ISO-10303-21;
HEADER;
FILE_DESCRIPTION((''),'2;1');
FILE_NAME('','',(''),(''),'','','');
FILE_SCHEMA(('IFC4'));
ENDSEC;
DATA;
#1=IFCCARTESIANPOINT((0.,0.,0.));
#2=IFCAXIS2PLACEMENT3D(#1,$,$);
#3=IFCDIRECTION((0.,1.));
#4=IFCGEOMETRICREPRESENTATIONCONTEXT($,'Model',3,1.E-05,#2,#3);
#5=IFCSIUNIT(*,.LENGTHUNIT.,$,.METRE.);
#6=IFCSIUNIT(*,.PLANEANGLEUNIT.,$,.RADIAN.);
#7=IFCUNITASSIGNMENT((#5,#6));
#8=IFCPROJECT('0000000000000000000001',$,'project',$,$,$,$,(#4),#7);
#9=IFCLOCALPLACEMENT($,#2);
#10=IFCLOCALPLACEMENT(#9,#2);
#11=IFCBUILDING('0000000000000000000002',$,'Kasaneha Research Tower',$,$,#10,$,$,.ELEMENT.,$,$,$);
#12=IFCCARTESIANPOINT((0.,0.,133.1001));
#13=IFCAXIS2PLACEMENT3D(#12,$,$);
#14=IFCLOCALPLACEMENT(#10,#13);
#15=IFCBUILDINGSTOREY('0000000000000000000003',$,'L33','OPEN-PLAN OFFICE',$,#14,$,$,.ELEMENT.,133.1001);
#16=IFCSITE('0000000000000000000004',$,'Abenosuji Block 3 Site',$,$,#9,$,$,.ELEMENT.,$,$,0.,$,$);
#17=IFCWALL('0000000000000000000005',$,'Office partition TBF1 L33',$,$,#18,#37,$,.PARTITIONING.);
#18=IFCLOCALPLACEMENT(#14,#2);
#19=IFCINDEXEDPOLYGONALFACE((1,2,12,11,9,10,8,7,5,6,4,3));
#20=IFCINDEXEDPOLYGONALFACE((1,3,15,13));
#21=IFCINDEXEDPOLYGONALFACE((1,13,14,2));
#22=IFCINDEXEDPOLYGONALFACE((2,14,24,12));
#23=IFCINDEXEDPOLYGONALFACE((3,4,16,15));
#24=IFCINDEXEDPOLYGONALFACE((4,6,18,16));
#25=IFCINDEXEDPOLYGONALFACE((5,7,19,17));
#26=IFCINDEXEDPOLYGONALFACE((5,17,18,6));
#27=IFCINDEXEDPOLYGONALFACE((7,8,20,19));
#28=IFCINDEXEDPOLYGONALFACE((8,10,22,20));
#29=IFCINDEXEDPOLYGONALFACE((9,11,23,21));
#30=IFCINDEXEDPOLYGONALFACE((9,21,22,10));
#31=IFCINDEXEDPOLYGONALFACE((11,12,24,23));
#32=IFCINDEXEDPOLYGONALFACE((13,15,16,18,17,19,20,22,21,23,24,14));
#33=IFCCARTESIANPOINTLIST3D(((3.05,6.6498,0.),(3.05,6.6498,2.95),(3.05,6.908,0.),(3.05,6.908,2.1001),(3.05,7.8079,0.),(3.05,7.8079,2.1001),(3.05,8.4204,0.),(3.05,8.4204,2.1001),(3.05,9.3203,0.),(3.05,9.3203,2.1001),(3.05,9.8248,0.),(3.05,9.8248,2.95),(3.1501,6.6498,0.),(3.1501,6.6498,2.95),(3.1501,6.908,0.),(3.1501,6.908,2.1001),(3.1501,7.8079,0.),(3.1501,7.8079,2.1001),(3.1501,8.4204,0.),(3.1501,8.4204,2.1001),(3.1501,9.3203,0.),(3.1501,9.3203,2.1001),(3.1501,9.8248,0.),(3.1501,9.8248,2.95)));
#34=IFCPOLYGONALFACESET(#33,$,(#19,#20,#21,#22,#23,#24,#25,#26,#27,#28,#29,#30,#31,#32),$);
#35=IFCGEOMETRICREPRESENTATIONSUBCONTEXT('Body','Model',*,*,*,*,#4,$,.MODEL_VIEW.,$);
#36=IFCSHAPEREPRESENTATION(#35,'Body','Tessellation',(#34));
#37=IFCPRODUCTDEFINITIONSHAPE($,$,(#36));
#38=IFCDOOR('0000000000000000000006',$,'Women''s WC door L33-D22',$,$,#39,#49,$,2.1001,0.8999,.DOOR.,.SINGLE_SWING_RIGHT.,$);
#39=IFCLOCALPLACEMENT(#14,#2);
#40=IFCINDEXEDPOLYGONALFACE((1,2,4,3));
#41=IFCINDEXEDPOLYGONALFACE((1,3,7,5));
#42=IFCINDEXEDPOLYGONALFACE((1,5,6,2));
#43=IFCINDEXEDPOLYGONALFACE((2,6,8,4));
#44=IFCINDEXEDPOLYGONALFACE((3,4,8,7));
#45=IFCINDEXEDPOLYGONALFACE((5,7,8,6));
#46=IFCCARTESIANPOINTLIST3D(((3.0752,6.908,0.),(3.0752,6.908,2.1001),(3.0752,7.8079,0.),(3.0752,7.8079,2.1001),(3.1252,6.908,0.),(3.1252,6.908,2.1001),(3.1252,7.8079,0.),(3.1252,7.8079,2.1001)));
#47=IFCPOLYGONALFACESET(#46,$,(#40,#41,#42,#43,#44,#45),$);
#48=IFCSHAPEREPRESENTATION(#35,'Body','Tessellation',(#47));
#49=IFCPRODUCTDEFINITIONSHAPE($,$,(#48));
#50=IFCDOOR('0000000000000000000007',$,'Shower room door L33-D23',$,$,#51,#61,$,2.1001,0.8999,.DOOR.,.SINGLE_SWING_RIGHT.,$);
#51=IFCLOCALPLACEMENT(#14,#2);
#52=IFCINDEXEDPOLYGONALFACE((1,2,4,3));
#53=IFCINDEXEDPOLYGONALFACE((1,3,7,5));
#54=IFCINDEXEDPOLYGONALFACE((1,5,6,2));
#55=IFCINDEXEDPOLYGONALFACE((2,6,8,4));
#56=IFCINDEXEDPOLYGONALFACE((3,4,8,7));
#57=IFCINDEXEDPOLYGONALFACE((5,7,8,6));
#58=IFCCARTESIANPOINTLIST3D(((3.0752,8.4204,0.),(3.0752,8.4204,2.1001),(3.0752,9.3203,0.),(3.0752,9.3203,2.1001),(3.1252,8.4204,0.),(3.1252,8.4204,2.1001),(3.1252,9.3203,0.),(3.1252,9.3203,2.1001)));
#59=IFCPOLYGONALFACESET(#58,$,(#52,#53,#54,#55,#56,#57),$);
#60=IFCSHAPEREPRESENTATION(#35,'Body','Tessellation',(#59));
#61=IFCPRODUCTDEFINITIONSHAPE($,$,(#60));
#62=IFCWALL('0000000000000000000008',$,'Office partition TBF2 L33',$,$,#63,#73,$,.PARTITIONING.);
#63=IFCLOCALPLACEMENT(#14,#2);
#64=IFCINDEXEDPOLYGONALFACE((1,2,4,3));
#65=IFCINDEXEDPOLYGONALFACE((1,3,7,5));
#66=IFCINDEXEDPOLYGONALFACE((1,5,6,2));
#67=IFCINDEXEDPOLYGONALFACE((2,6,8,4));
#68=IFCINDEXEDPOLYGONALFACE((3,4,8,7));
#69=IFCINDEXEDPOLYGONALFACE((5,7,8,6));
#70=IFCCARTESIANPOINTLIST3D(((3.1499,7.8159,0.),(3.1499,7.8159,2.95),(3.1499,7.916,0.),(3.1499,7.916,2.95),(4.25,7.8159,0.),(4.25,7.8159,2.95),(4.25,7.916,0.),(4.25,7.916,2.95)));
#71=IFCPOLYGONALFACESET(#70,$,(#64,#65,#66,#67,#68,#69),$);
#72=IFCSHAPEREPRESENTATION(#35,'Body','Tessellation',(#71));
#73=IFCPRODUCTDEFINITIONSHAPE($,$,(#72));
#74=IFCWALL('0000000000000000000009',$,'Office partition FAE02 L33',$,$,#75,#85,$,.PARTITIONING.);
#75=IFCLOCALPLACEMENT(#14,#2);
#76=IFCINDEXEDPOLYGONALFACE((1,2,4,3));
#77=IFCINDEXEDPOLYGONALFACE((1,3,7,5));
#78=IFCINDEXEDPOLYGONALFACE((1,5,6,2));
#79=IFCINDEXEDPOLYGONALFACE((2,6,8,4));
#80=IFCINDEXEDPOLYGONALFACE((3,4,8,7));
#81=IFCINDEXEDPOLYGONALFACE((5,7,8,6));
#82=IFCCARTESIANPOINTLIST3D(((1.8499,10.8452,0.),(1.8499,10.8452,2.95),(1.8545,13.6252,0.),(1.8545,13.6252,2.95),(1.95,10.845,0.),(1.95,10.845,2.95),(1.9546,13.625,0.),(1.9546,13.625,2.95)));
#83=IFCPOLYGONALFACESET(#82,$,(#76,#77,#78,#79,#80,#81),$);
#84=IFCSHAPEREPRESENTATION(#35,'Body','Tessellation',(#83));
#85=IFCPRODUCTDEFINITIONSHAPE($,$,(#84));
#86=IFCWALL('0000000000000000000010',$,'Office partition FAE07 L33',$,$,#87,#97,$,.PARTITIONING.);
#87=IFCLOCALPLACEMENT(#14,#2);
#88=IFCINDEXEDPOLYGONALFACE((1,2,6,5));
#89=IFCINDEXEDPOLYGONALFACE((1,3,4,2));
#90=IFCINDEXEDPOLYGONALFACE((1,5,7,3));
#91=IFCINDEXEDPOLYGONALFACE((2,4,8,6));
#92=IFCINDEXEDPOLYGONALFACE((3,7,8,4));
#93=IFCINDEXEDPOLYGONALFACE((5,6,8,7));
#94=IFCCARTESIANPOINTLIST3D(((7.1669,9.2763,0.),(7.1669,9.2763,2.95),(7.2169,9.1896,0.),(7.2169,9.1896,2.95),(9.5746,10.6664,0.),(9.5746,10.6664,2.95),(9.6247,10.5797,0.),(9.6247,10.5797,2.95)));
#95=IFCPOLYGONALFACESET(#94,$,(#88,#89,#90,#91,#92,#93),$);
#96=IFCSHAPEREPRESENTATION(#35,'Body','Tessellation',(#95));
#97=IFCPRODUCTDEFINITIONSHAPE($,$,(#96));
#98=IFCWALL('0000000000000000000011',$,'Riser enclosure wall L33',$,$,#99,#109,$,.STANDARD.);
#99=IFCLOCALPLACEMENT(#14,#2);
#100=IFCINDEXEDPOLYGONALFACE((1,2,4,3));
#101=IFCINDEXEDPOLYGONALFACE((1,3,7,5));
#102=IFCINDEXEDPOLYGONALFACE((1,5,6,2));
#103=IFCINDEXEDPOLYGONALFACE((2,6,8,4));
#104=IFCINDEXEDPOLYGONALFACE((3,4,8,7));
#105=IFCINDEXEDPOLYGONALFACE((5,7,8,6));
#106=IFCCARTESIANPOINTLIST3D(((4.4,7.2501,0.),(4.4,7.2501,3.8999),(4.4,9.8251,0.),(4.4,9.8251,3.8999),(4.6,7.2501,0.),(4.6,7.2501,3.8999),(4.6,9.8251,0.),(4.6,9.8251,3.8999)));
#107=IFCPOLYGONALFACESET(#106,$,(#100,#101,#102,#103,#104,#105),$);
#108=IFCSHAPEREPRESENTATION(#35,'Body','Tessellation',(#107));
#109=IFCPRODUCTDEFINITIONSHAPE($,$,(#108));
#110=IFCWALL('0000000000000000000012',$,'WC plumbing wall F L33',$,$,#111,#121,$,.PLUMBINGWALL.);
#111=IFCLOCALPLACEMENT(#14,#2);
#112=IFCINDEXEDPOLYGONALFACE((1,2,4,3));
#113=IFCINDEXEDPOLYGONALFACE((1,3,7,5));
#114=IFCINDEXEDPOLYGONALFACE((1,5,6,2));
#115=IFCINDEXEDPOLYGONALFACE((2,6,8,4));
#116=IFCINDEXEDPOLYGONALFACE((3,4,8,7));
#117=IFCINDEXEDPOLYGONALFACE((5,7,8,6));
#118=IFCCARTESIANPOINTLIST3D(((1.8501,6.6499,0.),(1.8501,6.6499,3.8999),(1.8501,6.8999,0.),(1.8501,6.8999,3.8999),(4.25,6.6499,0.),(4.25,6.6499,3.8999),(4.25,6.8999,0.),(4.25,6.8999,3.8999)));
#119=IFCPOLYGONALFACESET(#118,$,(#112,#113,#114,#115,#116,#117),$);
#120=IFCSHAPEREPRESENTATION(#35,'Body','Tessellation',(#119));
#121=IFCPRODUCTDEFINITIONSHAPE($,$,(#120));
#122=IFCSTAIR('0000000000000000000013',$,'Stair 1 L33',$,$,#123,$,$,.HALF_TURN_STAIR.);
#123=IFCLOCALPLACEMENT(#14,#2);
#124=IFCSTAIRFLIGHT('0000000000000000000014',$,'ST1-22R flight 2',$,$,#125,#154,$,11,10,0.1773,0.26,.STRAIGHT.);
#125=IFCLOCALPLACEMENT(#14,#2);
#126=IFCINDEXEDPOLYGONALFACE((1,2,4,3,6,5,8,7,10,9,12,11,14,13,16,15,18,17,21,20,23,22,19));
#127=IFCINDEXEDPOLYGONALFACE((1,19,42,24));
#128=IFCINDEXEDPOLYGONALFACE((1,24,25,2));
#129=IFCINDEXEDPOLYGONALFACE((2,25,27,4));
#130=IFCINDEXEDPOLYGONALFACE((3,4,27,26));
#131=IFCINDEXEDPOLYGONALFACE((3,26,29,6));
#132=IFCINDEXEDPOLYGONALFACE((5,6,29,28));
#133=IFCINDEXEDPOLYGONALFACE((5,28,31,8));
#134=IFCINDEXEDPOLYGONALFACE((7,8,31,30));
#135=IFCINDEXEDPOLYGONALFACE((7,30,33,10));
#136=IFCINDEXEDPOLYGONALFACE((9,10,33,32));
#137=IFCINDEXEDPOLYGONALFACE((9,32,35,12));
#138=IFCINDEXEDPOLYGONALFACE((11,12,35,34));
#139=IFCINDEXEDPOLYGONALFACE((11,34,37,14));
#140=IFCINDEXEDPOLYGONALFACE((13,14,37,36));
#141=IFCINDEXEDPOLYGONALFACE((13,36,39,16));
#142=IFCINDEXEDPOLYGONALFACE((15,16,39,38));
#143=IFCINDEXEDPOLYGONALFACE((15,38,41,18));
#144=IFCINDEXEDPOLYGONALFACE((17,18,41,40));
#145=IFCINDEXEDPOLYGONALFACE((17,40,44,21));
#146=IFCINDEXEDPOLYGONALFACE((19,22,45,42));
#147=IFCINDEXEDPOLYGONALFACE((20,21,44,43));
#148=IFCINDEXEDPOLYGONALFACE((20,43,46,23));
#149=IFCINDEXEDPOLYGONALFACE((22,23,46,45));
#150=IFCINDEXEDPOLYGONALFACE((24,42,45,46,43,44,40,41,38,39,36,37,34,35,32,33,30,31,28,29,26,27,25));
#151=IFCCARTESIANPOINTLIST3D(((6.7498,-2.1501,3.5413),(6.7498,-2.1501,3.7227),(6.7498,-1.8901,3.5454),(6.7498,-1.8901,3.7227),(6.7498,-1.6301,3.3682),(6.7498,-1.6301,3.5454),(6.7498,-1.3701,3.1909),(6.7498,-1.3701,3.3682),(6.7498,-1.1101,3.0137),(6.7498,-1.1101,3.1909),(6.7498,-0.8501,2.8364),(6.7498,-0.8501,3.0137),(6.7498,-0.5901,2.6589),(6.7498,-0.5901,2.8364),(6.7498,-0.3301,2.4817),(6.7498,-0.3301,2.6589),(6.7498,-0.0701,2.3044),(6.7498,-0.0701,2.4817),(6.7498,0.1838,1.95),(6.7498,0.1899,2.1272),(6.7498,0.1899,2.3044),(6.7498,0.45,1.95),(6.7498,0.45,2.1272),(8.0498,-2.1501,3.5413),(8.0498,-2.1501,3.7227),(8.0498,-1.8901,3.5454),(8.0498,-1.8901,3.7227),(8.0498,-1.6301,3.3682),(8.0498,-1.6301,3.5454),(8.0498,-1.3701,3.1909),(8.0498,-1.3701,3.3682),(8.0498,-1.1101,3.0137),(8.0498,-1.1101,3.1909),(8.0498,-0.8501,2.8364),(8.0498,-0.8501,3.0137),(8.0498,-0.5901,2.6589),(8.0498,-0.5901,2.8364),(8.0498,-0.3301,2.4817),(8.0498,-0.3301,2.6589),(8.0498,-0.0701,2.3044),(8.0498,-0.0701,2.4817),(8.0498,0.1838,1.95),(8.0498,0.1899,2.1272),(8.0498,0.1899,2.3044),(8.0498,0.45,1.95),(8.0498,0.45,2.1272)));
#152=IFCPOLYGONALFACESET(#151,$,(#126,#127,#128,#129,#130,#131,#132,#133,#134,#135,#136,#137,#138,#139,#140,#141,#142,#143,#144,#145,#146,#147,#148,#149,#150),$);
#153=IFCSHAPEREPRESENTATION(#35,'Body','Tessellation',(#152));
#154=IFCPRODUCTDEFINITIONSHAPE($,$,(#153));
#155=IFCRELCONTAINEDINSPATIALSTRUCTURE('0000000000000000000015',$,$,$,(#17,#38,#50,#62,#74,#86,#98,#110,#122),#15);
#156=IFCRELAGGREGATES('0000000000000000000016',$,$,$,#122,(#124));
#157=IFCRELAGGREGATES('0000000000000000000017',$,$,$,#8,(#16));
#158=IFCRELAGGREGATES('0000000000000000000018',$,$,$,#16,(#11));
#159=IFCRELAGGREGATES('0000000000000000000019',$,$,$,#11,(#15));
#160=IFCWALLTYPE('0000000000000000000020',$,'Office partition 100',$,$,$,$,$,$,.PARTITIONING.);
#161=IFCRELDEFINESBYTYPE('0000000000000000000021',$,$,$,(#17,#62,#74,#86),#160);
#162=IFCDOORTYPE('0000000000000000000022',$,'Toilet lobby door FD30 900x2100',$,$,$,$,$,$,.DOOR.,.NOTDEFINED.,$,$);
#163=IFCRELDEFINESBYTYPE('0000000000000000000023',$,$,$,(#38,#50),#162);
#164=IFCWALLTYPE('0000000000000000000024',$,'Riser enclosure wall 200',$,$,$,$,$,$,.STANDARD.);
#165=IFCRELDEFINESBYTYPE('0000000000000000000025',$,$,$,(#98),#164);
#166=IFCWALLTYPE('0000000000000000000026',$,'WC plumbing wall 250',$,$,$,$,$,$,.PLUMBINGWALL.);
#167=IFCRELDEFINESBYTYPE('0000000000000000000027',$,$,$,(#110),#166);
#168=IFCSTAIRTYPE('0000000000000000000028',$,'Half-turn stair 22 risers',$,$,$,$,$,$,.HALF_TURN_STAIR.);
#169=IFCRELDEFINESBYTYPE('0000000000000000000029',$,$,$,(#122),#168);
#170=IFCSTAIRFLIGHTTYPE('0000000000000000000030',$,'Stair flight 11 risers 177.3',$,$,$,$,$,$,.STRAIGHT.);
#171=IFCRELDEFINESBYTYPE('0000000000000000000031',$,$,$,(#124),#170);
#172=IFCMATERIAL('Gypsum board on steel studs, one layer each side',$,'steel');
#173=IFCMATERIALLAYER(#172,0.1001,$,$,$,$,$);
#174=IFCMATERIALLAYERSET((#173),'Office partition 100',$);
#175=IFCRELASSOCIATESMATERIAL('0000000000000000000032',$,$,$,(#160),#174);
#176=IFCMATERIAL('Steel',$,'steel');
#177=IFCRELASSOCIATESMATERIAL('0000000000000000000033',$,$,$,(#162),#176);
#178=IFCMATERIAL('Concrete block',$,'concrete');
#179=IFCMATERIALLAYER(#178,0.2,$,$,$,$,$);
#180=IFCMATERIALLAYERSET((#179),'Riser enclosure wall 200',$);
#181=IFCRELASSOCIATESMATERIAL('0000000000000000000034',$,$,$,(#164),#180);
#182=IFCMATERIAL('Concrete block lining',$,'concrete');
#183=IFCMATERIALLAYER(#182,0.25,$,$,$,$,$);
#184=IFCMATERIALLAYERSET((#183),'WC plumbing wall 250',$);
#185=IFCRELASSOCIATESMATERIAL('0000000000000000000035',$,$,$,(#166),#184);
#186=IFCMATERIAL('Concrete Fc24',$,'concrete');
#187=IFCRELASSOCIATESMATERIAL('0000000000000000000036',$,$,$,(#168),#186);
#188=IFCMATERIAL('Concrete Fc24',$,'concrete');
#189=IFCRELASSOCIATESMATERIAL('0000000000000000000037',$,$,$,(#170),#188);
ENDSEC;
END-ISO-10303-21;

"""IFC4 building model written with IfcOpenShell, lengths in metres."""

from ifc_helpers import new_model, si_unit, direction, frame, frame_2d, origin, place, context, subcontext, project, spatial, polyline, rectangle, outline, extrude, material, layer, layer_set, type_object, element, fill, aggregate, save


model = new_model("IFC4")

# Units and contexts
model_context = context("Model", 3, precision=1e-05, world=origin(), true_north=direction((0.0, 1.0)))
body_context = subcontext(model_context, "Body", "Model", "MODEL_VIEW")
ifc_project = project(units=[si_unit("LENGTHUNIT", "METRE"), si_unit("PLANEANGLEUNIT", "RADIAN")], contexts=[model_context])

# Site, building, storey
site_placement = place(None, origin())
site = spatial("IfcSite", under=ifc_project, at=site_placement, Name="Abenosuji Block 3 Site", CompositionType="ELEMENT", RefElevation=0.0)
building_placement = place(site_placement, origin())
building = spatial("IfcBuilding", under=site, at=building_placement, Name="Kasaneha Research Tower", CompositionType="ELEMENT")
storey_placement = place(building_placement, frame((0.0, 0.0, 133.1001)))
storey = spatial("IfcBuildingStorey", under=building, at=storey_placement, Name="L33", Description="OPEN-PLAN OFFICE", CompositionType="ELEMENT", Elevation=133.1001)

# Wall, openings, doors
ifc_material_1 = material(Name="Gypsum board on steel studs, one layer each side", Category="steel")
ifc_layer_1 = layer(ifc_material_1, 0.1001)
ifc_layer_set_1 = layer_set([ifc_layer_1], Name="Office partition 100")
wall_type_1 = type_object("IfcWallType", Name="Office partition 100", PredefinedType="PARTITIONING", material=ifc_layer_set_1)
wall_1_placement = place(storey_placement, frame((3.1001, 6.6499, 0.0), z_axis=(0.0, 0.0, 1.0), x_axis=(0.0, 1.0, 0.0)))
wall_1 = element("IfcWall", 1, at=wall_1_placement, inside=storey, type_object=wall_type_1, Name="Office partition TBF1 L33", PredefinedType="PARTITIONING", context=body_context, shape_type="SweptSolid", body=[
    extrude(rectangle(XDim=3.175, YDim=0.1001, at=frame_2d((1.5874, 0.0))), origin(), (0.0, 0.0, 1.0), 2.95),
])
opening_1_placement = place(wall_1_placement, frame((0.2581, 0.0, 0.0)))
opening_1 = element("IfcOpeningElement", 2, at=opening_1_placement, cuts=wall_1, PredefinedType="OPENING", context=body_context, shape_type="SweptSolid", body=[
    extrude(rectangle(XDim=0.8999, YDim=2.1001, at=frame_2d((0.45, 1.05))), frame((0.0, 0.0601, 0.0), z_axis=(0.0, -1.0, 0.0), x_axis=(1.0, 0.0, 0.0)), (0.0, 0.0, 1.0), 0.1201),
])
opening_2_placement = place(wall_1_placement, frame((1.7705, 0.0, 0.0)))
opening_2 = element("IfcOpeningElement", 3, at=opening_2_placement, cuts=wall_1, PredefinedType="OPENING", context=body_context, shape_type="SweptSolid", body=[
    extrude(rectangle(XDim=0.8999, YDim=2.1001, at=frame_2d((0.45, 1.05))), frame((0.0, 0.0601, 0.0), z_axis=(0.0, -1.0, 0.0), x_axis=(1.0, 0.0, 0.0)), (0.0, 0.0, 1.0), 0.1201),
])
ifc_material_2 = material(Name="Steel", Category="steel")
door_type_1 = type_object("IfcDoorType", Name="Toilet lobby door FD30 900x2100", OperationType="NOTDEFINED", PredefinedType="DOOR", material=ifc_material_2)
door_1_placement = place(opening_1_placement, origin())
door_1 = element("IfcDoor", 4, at=door_1_placement, inside=storey, type_object=door_type_1, Name="Women's WC door L33-D22", OperationType="SINGLE_SWING_RIGHT", OverallHeight=2.1001, OverallWidth=0.8999, PredefinedType="DOOR", context=body_context, shape_type="SweptSolid", body=[
    extrude(rectangle(XDim=0.8999, YDim=2.1001, at=frame_2d((0.45, 1.05))), frame((0.0, 0.0249, 0.0), z_axis=(0.0, -1.0, 0.0), x_axis=(1.0, 0.0, 0.0)), (0.0, 0.0, 1.0), 0.05),
])
fill(opening_1, door_1)
door_2_placement = place(opening_2_placement, origin())
door_2 = element("IfcDoor", 5, at=door_2_placement, inside=storey, type_object=door_type_1, Name="Shower room door L33-D23", OperationType="SINGLE_SWING_RIGHT", OverallHeight=2.1001, OverallWidth=0.8999, PredefinedType="DOOR", context=body_context, shape_type="SweptSolid", body=[
    extrude(rectangle(XDim=0.8999, YDim=2.1001, at=frame_2d((0.45, 1.05))), frame((0.0, 0.0249, 0.0), z_axis=(0.0, -1.0, 0.0), x_axis=(1.0, 0.0, 0.0)), (0.0, 0.0, 1.0), 0.05),
])
fill(opening_2, door_2)

# Walls
wall_2_placement = place(storey_placement, frame((3.1499, 7.866, 0.0), z_axis=(0.0, 0.0, 1.0), x_axis=(1.0, 0.0, 0.0)))
element("IfcWall", 6, at=wall_2_placement, inside=storey, type_object=wall_type_1, Name="Office partition TBF2 L33", PredefinedType="PARTITIONING", context=body_context, shape_type="SweptSolid", body=[
    extrude(rectangle(XDim=1.1001, YDim=0.1001, at=frame_2d((0.55, 0.0))), origin(), (0.0, 0.0, 1.0), 2.95),
])
wall_3_placement = place(storey_placement, frame((1.8999, 10.845, 0.0), z_axis=(0.0, 0.0, 1.0), x_axis=(0.001669, 0.999999, 0.0)))
element("IfcWall", 7, at=wall_3_placement, inside=storey, type_object=wall_type_1, Name="Office partition FAE02 L33", PredefinedType="PARTITIONING", context=body_context, shape_type="SweptSolid", body=[
    extrude(rectangle(XDim=2.78, YDim=0.1001, at=frame_2d((1.3901, 0.0))), origin(), (0.0, 0.0, 1.0), 2.95),
])
wall_4_placement = place(storey_placement, frame((7.1919, 9.2329, 0.0), z_axis=(0.0, 0.0, 1.0), x_axis=(0.866019, 0.500011, 0.0)))
element("IfcWall", 8, at=wall_4_placement, inside=storey, type_object=wall_type_1, Name="Office partition FAE07 L33", PredefinedType="PARTITIONING", context=body_context, shape_type="SweptSolid", body=[
    extrude(rectangle(XDim=2.7803, YDim=0.1001, at=frame_2d((1.3901, 0.0))), origin(), (0.0, 0.0, 1.0), 2.95),
])
ifc_material_3 = material(Name="Concrete block", Category="concrete")
ifc_layer_2 = layer(ifc_material_3, 0.2)
ifc_layer_set_2 = layer_set([ifc_layer_2], Name="Riser enclosure wall 200")
wall_type_2 = type_object("IfcWallType", Name="Riser enclosure wall 200", PredefinedType="STANDARD", material=ifc_layer_set_2)
wall_5_placement = place(storey_placement, frame((4.5, 7.25, 0.0), z_axis=(0.0, 0.0, 1.0), x_axis=(0.0, 1.0, 0.0)))
element("IfcWall", 9, at=wall_5_placement, inside=storey, type_object=wall_type_2, Name="Riser enclosure wall L33", PredefinedType="STANDARD", context=body_context, shape_type="SweptSolid", body=[
    extrude(rectangle(XDim=2.575, YDim=0.2, at=frame_2d((1.2876, 0.0))), origin(), (0.0, 0.0, 1.0), 3.8999),
])
ifc_material_4 = material(Name="Concrete block lining", Category="concrete")
ifc_layer_3 = layer(ifc_material_4, 0.25)
ifc_layer_set_3 = layer_set([ifc_layer_3], Name="WC plumbing wall 250")
wall_type_3 = type_object("IfcWallType", Name="WC plumbing wall 250", PredefinedType="PLUMBINGWALL", material=ifc_layer_set_3)
wall_6_placement = place(storey_placement, frame((1.8501, 6.7749, 0.0), z_axis=(0.0, 0.0, 1.0), x_axis=(1.0, 0.0, 0.0)))
element("IfcWall", 10, at=wall_6_placement, inside=storey, type_object=wall_type_3, Name="WC plumbing wall F L33", PredefinedType="PLUMBINGWALL", context=body_context, shape_type="SweptSolid", body=[
    extrude(rectangle(XDim=2.3999, YDim=0.25, at=frame_2d((1.2, 0.0))), origin(), (0.0, 0.0, 1.0), 3.8999),
])

# Stair, stair flight
ifc_material_5 = material(Name="Concrete Fc24", Category="concrete")
stair_type = type_object("IfcStairType", Name="Half-turn stair 22 risers", PredefinedType="HALF_TURN_STAIR", material=ifc_material_5)
stair_placement = place(storey_placement, origin())
stair = element("IfcStair", 11, at=stair_placement, inside=storey, type_object=stair_type, Name="Stair 1 L33", PredefinedType="HALF_TURN_STAIR")
ifc_material_6 = material(Name="Concrete Fc24", Category="concrete")
stair_flight_type = type_object("IfcStairFlightType", Name="Stair flight 11 risers 177.3", PredefinedType="STRAIGHT", material=ifc_material_6)
stair_flight_placement = place(storey_placement, frame((7.3999, 0.45, 1.95), z_axis=(0.0, 0.0, 1.0), x_axis=(0.0, -1.0, 0.0)))
stair_flight = element("IfcStairFlight", 12, at=stair_flight_placement, type_object=stair_flight_type, Name="ST1-22R flight 2", NumberOfRisers=11, NumberOfTreads=10, PredefinedType="STRAIGHT", RiserHeight=0.1773, TreadLength=0.26, context=body_context, shape_type="SweptSolid", body=[
    extrude(outline(polyline([(0.0, 0.0), (0.0, 0.1772), (0.26, 0.1772), (0.26, 0.3545), (0.52, 0.3545), (0.52, 0.5317), (0.78, 0.5317), (0.78, 0.709), (1.04, 0.709), (1.04, 0.8865), (1.3, 0.8865), (1.3, 1.0637), (1.5601, 1.0637), (1.5601, 1.241), (1.8201, 1.241), (1.8201, 1.4182), (2.0801, 1.4182), (2.0801, 1.5955), (2.3401, 1.5955), (2.3401, 1.7727), (2.6001, 1.7727), (2.6001, 1.95), (2.6001, 1.5913), (0.2661, 0.0), (0.0, 0.0)])), frame((0.0, 0.6499, 0.0), z_axis=(0.0, -1.0, 0.0), x_axis=(1.0, 0.0, 0.0)), (0.0, 0.0, 1.0), 1.3),
])
aggregate(stair, [stair_flight])

save(model, "model.ifc")
